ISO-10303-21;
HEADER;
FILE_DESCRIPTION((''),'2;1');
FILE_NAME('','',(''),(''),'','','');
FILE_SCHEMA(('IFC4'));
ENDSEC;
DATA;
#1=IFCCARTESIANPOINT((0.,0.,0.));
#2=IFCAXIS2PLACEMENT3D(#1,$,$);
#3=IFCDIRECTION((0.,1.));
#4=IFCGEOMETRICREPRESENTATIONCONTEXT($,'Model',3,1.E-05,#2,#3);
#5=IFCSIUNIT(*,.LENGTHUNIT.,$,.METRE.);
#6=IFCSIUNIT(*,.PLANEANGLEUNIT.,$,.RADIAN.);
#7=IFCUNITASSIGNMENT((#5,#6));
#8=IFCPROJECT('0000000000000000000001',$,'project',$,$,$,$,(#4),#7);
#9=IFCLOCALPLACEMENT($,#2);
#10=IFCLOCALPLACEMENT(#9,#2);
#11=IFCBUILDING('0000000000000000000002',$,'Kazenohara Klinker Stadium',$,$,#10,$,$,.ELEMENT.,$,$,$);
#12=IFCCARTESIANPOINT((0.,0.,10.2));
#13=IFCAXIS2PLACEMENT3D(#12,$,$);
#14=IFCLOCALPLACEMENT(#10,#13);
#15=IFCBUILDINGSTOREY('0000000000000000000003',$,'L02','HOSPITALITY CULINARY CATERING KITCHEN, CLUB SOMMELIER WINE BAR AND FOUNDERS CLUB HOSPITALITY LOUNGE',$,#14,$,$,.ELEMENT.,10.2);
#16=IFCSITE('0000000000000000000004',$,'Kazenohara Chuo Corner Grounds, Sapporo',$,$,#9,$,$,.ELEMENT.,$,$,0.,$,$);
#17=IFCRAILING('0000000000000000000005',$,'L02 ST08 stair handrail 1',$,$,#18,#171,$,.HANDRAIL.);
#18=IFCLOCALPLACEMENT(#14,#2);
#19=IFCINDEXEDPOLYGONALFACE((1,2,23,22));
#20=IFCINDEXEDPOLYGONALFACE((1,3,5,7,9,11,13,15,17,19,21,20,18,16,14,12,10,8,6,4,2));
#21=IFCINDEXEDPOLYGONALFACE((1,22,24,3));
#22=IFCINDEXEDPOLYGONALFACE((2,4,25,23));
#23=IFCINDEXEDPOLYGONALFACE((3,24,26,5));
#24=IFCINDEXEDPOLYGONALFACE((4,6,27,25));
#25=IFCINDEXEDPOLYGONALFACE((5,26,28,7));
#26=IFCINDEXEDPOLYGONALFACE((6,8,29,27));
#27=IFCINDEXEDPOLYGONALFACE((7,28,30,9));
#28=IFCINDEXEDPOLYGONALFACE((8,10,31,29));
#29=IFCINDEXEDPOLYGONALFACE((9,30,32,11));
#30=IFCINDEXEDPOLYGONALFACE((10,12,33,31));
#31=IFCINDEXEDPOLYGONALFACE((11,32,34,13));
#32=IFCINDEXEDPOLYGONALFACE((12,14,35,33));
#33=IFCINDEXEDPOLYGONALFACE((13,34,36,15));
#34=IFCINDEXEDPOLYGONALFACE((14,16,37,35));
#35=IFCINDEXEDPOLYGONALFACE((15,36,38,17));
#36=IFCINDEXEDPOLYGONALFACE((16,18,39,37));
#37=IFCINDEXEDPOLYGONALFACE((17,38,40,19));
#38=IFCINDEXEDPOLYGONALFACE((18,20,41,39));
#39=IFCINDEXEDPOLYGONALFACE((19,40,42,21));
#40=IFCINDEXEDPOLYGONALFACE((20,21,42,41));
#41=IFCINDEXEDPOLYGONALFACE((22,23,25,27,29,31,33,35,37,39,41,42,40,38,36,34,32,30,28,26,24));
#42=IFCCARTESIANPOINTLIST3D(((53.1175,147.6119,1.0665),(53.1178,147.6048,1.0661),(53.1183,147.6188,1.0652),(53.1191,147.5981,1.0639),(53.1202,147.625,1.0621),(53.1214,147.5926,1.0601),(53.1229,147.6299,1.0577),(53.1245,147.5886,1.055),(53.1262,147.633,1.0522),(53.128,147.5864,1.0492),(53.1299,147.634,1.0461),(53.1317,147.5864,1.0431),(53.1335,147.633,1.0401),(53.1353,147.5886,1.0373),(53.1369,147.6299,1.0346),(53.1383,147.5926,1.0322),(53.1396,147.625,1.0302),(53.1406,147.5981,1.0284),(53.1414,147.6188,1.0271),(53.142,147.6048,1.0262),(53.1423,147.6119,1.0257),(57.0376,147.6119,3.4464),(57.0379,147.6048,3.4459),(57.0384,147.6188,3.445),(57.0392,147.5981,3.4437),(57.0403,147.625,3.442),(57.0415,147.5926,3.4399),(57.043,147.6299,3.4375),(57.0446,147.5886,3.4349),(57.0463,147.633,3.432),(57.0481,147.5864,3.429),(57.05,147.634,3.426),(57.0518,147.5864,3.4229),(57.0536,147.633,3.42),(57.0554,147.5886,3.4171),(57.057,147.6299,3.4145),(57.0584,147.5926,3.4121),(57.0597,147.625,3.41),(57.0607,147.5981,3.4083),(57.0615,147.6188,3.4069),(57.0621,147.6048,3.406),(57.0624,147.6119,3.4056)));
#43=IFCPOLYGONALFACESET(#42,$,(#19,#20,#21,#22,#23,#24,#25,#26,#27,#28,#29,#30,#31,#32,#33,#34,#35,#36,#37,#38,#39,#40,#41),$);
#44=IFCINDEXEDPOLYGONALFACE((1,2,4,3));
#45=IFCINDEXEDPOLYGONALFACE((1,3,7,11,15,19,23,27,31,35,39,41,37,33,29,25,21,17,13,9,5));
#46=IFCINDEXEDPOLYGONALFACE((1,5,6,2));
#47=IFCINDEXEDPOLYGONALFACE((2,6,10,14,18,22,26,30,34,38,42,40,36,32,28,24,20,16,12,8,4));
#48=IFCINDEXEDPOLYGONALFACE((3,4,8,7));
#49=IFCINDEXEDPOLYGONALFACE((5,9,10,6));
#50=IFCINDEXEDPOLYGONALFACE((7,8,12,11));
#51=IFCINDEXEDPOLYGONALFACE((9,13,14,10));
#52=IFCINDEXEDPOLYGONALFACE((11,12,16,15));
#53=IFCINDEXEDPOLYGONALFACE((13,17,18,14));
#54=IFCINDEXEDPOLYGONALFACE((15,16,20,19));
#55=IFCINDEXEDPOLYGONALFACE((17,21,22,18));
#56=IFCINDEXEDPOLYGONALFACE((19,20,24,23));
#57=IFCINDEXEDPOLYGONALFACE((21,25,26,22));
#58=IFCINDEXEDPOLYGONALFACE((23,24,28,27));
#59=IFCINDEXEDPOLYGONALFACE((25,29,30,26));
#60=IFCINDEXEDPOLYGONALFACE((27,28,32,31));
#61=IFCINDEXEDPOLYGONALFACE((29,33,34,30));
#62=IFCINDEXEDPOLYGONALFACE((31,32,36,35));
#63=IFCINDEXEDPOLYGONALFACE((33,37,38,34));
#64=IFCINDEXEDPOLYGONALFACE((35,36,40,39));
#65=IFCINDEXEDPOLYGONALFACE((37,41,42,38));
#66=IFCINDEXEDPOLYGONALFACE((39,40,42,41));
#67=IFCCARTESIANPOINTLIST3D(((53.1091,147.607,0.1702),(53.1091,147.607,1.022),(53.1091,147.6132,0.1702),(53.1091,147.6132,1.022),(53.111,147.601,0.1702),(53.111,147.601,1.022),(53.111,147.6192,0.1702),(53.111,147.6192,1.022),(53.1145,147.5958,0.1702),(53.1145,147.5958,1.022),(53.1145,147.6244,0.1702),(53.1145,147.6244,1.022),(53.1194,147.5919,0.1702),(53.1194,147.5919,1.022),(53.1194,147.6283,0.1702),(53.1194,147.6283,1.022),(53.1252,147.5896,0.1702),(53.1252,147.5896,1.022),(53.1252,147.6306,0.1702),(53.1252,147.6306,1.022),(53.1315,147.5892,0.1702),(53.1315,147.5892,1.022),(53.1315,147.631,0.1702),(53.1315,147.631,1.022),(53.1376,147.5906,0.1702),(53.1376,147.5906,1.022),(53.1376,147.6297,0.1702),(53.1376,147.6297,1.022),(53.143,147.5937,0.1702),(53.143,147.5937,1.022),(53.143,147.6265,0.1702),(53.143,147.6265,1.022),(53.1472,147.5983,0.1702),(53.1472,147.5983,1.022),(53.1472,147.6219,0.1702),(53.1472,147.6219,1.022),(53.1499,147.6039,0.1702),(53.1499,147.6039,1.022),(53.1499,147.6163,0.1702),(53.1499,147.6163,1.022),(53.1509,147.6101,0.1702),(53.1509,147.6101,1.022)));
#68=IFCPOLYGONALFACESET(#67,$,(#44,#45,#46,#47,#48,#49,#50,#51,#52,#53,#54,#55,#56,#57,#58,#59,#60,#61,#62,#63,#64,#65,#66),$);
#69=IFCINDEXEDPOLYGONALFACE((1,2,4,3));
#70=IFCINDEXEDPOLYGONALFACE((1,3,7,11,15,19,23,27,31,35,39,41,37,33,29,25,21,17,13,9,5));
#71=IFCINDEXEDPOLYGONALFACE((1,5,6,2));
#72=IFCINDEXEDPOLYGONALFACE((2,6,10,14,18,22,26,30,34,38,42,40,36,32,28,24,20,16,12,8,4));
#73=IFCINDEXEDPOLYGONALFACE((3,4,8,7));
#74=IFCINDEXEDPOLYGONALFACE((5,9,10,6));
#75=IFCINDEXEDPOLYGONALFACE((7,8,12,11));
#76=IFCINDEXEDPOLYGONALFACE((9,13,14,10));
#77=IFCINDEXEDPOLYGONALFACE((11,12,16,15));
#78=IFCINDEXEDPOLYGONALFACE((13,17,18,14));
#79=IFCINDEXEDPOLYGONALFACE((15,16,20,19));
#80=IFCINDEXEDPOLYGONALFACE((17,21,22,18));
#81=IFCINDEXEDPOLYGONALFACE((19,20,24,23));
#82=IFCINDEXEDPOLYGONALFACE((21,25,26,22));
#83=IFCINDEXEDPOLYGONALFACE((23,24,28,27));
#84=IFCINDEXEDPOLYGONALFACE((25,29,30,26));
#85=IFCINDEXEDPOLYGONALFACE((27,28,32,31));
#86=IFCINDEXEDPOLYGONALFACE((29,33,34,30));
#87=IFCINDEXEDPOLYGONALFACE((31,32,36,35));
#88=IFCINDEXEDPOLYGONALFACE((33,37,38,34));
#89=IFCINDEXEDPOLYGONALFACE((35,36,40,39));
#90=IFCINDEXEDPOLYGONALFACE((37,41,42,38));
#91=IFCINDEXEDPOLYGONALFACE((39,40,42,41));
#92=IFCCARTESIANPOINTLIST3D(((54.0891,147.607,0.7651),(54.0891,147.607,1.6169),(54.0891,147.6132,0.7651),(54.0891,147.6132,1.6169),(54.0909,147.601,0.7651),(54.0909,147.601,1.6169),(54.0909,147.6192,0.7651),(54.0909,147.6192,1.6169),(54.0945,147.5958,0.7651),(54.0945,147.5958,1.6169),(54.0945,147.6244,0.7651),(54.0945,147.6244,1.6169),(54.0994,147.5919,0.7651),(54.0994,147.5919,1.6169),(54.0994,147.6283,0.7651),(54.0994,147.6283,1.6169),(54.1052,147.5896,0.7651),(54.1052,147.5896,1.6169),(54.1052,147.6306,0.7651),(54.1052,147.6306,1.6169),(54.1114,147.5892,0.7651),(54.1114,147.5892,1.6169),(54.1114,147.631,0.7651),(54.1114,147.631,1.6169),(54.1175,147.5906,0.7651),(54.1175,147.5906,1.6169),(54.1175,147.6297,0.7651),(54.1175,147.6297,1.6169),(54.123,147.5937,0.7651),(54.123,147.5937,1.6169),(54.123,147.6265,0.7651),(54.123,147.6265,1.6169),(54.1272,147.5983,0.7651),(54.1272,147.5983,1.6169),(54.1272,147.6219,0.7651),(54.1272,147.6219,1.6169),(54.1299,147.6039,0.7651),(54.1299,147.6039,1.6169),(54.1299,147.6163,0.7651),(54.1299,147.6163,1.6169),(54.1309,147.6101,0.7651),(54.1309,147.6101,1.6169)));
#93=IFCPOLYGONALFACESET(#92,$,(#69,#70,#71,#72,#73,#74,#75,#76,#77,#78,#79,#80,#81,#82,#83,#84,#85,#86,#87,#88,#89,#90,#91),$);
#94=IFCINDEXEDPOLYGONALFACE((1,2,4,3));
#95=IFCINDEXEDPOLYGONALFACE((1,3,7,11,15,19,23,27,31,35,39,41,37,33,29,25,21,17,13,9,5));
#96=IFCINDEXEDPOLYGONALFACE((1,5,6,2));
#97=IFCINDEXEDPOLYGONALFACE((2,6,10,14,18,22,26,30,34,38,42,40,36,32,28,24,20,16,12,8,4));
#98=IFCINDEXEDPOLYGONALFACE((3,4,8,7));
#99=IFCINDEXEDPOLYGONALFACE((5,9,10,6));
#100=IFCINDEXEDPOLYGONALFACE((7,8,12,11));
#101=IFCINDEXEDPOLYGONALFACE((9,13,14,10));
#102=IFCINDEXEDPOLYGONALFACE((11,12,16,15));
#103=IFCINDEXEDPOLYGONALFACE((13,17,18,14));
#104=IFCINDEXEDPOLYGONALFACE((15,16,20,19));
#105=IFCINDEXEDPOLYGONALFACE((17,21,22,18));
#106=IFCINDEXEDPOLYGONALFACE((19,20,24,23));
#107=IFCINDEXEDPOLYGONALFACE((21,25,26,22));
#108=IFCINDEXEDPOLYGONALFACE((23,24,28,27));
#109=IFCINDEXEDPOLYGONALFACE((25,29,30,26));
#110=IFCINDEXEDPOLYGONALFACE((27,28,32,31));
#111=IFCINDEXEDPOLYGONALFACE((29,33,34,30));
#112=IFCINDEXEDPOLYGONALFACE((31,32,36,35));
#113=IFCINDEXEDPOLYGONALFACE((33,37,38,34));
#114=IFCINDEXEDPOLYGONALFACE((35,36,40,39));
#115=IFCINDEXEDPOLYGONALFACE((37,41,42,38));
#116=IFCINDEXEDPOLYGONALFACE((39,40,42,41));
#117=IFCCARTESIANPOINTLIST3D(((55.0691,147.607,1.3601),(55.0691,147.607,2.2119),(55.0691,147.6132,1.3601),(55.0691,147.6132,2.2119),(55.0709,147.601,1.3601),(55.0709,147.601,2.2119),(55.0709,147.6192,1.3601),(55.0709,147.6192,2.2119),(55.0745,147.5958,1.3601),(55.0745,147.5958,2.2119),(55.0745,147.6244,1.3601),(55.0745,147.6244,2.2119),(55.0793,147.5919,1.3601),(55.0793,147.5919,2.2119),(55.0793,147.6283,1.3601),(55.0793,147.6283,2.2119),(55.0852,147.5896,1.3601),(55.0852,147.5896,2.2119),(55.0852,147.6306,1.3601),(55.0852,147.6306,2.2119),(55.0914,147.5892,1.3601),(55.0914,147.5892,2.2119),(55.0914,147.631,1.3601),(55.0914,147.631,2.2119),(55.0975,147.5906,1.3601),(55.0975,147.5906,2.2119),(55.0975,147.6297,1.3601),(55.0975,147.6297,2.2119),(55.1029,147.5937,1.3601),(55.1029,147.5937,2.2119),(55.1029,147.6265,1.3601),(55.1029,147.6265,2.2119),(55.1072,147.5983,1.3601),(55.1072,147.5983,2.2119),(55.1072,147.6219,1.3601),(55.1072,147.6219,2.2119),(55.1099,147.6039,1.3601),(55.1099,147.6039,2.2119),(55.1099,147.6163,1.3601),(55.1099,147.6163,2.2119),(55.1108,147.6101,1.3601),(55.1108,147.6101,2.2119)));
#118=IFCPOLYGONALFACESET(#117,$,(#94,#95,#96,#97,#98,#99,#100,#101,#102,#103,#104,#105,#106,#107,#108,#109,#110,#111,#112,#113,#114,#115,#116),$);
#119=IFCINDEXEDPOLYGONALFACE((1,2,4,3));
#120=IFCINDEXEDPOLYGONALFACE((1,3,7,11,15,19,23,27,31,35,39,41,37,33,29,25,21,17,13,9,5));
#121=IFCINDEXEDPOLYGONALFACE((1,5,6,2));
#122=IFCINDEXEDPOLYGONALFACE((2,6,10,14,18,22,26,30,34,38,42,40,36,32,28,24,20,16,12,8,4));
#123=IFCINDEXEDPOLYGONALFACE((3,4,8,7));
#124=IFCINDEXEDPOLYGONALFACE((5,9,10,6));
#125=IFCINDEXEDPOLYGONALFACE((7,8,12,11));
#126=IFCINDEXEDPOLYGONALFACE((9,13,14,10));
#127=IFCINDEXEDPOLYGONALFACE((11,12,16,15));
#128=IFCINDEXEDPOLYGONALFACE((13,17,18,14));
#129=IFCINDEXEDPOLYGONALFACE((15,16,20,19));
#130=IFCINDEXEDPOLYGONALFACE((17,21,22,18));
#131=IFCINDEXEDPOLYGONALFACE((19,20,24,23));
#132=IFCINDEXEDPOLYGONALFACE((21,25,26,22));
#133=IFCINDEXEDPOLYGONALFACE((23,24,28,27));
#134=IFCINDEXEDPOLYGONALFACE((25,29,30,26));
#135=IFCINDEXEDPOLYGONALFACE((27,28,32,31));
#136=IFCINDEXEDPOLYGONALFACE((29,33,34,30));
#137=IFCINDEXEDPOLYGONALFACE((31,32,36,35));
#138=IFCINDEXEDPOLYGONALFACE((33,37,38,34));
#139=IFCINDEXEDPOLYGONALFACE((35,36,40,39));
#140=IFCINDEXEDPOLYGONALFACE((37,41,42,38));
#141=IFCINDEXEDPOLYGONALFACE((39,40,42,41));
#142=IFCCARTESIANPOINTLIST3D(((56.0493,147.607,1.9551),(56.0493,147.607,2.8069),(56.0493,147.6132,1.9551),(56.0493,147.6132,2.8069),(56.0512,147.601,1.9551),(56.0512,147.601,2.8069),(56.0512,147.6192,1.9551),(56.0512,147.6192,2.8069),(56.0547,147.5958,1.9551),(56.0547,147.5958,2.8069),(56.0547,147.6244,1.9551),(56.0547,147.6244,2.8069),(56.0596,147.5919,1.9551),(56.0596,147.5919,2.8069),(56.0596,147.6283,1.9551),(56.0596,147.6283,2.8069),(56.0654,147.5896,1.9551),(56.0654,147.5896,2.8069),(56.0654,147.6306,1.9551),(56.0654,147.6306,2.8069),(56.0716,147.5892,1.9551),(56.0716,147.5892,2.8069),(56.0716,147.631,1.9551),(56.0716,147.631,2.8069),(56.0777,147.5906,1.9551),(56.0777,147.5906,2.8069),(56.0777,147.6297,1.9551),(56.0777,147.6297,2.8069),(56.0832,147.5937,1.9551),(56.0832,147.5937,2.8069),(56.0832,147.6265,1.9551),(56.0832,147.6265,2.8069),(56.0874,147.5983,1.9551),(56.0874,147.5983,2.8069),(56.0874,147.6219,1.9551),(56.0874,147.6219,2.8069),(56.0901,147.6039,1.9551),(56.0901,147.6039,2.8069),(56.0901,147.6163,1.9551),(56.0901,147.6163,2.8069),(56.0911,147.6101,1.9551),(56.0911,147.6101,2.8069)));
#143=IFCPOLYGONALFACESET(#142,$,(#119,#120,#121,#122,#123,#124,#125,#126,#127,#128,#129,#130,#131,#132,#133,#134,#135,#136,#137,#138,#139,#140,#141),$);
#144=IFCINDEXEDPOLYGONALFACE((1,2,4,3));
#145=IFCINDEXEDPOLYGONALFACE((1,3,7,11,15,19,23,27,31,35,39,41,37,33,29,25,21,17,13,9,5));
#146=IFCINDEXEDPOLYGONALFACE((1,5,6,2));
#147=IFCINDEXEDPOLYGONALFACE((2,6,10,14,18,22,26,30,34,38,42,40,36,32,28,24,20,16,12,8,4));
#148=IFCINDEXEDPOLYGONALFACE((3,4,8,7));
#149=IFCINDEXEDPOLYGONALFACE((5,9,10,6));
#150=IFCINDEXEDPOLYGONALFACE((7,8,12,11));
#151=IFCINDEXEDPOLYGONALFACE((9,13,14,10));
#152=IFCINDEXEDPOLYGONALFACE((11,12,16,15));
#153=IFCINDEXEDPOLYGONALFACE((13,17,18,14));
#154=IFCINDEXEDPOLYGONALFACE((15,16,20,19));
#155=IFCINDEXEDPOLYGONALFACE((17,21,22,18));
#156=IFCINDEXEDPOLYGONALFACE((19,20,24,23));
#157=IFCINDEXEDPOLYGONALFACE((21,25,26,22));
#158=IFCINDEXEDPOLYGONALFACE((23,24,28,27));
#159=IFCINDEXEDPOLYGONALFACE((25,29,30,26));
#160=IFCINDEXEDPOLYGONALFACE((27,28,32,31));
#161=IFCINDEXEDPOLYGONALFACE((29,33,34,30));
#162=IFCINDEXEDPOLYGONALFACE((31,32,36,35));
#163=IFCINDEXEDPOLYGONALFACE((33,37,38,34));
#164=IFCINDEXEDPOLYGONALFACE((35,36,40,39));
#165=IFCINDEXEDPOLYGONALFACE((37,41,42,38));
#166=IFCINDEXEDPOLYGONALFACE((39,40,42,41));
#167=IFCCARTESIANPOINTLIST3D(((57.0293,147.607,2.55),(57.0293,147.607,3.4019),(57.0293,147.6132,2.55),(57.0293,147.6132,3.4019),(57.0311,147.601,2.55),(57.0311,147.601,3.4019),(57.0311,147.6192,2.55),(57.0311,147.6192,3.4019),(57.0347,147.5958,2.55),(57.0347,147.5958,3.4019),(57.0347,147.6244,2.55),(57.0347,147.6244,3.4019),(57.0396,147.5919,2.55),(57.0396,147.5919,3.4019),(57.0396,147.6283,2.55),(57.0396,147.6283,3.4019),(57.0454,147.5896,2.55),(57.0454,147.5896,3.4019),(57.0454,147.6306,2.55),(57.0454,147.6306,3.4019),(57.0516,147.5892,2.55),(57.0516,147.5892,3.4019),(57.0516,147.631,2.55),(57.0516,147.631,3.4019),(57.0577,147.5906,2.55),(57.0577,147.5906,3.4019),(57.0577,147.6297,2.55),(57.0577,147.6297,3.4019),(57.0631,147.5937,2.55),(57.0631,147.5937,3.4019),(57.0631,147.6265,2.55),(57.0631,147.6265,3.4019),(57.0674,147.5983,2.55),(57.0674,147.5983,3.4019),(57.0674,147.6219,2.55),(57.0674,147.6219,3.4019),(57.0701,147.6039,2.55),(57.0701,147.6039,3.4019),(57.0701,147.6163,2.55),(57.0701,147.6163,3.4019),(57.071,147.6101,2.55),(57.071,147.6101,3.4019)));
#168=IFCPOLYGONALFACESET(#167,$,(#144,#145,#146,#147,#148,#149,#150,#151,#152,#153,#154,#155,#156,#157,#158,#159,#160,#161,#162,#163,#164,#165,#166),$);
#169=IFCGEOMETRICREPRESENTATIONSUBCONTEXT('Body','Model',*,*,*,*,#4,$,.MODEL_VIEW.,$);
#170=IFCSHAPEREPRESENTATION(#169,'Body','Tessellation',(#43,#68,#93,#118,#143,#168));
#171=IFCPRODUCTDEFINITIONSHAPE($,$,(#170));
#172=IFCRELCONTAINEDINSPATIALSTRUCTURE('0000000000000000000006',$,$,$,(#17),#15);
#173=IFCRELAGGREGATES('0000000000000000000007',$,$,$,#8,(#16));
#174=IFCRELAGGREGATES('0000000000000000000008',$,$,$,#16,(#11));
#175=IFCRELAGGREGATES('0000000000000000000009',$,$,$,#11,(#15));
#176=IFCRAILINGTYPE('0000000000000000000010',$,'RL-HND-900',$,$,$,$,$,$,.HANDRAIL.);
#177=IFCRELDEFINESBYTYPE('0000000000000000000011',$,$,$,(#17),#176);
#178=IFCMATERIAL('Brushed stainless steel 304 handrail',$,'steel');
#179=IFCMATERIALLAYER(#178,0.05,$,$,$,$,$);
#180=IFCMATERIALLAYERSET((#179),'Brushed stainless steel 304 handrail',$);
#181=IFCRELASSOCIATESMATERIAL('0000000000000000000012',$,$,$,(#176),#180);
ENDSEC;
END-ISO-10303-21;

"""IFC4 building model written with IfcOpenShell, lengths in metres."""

from ifc_helpers import new_model, si_unit, direction, frame, origin, origin_2d, place, context, subcontext, project, spatial, circle, extrude, material, layer, layer_set, type_object, element, save


model = new_model("IFC4")

# Units and contexts
model_context = context("Model", 3, precision=1e-05, world=origin(), true_north=direction((0.0, 1.0)))
body_context = subcontext(model_context, "Body", "Model", "MODEL_VIEW")
ifc_project = project(units=[si_unit("LENGTHUNIT", "METRE"), si_unit("PLANEANGLEUNIT", "RADIAN")], contexts=[model_context])

# Site, building, storey
site_placement = place(None, origin())
site = spatial("IfcSite", under=ifc_project, at=site_placement, Name="Kazenohara Chuo Corner Grounds, Sapporo", CompositionType="ELEMENT", RefElevation=0.0)
building_placement = place(site_placement, origin())
building = spatial("IfcBuilding", under=site, at=building_placement, Name="Kazenohara Klinker Stadium", CompositionType="ELEMENT")
storey_placement = place(building_placement, frame((0.0, 0.0, 10.2)))
storey = spatial("IfcBuildingStorey", under=building, at=storey_placement, Name="L02", Description="HOSPITALITY CULINARY CATERING KITCHEN, CLUB SOMMELIER WINE BAR AND FOUNDERS CLUB HOSPITALITY LOUNGE", CompositionType="ELEMENT", Elevation=10.2)

# Railing
ifc_material_1 = material(Name="Brushed stainless steel 304 handrail", Category="steel")
ifc_layer_1 = layer(ifc_material_1, 0.05)
ifc_layer_set_1 = layer_set([ifc_layer_1], Name="Brushed stainless steel 304 handrail")
railing_type_1 = type_object("IfcRailingType", Name="RL-HND-900", PredefinedType="HANDRAIL", material=ifc_layer_set_1)
railing_1_placement = place(storey_placement, frame((53.1299, 147.6101, 0.1702)))
element("IfcRailing", 1, at=railing_1_placement, inside=storey, type_object=railing_type_1, Name="L02 ST08 stair handrail 1", PredefinedType="HANDRAIL", context=body_context, shape_type="SweptSolid", body=[
    extrude(circle(Radius=0.0239, at=origin_2d()), frame((0.0, 0.0, 0.876), z_axis=(0.854809, 0.0, 0.518943), x_axis=(0.0, 1.0, 0.0)), (0.0, 0.0, 1.0), 4.5859),
    extrude(circle(Radius=0.021, at=origin_2d()), origin(), (0.0, 0.0, 1.0), 0.8518),
    extrude(circle(Radius=0.021, at=origin_2d()), frame((0.98, 0.0, 0.595)), (0.0, 0.0, 1.0), 0.8518),
    extrude(circle(Radius=0.021, at=origin_2d()), frame((1.96, 0.0, 1.1899)), (0.0, 0.0, 1.0), 0.8518),
    extrude(circle(Radius=0.021, at=origin_2d()), frame((2.9402, 0.0, 1.7849)), (0.0, 0.0, 1.0), 0.8518),
    extrude(circle(Radius=0.021, at=origin_2d()), frame((3.9202, 0.0, 2.3799)), (0.0, 0.0, 1.0), 0.8518),
])

save(model, "model.ifc")
